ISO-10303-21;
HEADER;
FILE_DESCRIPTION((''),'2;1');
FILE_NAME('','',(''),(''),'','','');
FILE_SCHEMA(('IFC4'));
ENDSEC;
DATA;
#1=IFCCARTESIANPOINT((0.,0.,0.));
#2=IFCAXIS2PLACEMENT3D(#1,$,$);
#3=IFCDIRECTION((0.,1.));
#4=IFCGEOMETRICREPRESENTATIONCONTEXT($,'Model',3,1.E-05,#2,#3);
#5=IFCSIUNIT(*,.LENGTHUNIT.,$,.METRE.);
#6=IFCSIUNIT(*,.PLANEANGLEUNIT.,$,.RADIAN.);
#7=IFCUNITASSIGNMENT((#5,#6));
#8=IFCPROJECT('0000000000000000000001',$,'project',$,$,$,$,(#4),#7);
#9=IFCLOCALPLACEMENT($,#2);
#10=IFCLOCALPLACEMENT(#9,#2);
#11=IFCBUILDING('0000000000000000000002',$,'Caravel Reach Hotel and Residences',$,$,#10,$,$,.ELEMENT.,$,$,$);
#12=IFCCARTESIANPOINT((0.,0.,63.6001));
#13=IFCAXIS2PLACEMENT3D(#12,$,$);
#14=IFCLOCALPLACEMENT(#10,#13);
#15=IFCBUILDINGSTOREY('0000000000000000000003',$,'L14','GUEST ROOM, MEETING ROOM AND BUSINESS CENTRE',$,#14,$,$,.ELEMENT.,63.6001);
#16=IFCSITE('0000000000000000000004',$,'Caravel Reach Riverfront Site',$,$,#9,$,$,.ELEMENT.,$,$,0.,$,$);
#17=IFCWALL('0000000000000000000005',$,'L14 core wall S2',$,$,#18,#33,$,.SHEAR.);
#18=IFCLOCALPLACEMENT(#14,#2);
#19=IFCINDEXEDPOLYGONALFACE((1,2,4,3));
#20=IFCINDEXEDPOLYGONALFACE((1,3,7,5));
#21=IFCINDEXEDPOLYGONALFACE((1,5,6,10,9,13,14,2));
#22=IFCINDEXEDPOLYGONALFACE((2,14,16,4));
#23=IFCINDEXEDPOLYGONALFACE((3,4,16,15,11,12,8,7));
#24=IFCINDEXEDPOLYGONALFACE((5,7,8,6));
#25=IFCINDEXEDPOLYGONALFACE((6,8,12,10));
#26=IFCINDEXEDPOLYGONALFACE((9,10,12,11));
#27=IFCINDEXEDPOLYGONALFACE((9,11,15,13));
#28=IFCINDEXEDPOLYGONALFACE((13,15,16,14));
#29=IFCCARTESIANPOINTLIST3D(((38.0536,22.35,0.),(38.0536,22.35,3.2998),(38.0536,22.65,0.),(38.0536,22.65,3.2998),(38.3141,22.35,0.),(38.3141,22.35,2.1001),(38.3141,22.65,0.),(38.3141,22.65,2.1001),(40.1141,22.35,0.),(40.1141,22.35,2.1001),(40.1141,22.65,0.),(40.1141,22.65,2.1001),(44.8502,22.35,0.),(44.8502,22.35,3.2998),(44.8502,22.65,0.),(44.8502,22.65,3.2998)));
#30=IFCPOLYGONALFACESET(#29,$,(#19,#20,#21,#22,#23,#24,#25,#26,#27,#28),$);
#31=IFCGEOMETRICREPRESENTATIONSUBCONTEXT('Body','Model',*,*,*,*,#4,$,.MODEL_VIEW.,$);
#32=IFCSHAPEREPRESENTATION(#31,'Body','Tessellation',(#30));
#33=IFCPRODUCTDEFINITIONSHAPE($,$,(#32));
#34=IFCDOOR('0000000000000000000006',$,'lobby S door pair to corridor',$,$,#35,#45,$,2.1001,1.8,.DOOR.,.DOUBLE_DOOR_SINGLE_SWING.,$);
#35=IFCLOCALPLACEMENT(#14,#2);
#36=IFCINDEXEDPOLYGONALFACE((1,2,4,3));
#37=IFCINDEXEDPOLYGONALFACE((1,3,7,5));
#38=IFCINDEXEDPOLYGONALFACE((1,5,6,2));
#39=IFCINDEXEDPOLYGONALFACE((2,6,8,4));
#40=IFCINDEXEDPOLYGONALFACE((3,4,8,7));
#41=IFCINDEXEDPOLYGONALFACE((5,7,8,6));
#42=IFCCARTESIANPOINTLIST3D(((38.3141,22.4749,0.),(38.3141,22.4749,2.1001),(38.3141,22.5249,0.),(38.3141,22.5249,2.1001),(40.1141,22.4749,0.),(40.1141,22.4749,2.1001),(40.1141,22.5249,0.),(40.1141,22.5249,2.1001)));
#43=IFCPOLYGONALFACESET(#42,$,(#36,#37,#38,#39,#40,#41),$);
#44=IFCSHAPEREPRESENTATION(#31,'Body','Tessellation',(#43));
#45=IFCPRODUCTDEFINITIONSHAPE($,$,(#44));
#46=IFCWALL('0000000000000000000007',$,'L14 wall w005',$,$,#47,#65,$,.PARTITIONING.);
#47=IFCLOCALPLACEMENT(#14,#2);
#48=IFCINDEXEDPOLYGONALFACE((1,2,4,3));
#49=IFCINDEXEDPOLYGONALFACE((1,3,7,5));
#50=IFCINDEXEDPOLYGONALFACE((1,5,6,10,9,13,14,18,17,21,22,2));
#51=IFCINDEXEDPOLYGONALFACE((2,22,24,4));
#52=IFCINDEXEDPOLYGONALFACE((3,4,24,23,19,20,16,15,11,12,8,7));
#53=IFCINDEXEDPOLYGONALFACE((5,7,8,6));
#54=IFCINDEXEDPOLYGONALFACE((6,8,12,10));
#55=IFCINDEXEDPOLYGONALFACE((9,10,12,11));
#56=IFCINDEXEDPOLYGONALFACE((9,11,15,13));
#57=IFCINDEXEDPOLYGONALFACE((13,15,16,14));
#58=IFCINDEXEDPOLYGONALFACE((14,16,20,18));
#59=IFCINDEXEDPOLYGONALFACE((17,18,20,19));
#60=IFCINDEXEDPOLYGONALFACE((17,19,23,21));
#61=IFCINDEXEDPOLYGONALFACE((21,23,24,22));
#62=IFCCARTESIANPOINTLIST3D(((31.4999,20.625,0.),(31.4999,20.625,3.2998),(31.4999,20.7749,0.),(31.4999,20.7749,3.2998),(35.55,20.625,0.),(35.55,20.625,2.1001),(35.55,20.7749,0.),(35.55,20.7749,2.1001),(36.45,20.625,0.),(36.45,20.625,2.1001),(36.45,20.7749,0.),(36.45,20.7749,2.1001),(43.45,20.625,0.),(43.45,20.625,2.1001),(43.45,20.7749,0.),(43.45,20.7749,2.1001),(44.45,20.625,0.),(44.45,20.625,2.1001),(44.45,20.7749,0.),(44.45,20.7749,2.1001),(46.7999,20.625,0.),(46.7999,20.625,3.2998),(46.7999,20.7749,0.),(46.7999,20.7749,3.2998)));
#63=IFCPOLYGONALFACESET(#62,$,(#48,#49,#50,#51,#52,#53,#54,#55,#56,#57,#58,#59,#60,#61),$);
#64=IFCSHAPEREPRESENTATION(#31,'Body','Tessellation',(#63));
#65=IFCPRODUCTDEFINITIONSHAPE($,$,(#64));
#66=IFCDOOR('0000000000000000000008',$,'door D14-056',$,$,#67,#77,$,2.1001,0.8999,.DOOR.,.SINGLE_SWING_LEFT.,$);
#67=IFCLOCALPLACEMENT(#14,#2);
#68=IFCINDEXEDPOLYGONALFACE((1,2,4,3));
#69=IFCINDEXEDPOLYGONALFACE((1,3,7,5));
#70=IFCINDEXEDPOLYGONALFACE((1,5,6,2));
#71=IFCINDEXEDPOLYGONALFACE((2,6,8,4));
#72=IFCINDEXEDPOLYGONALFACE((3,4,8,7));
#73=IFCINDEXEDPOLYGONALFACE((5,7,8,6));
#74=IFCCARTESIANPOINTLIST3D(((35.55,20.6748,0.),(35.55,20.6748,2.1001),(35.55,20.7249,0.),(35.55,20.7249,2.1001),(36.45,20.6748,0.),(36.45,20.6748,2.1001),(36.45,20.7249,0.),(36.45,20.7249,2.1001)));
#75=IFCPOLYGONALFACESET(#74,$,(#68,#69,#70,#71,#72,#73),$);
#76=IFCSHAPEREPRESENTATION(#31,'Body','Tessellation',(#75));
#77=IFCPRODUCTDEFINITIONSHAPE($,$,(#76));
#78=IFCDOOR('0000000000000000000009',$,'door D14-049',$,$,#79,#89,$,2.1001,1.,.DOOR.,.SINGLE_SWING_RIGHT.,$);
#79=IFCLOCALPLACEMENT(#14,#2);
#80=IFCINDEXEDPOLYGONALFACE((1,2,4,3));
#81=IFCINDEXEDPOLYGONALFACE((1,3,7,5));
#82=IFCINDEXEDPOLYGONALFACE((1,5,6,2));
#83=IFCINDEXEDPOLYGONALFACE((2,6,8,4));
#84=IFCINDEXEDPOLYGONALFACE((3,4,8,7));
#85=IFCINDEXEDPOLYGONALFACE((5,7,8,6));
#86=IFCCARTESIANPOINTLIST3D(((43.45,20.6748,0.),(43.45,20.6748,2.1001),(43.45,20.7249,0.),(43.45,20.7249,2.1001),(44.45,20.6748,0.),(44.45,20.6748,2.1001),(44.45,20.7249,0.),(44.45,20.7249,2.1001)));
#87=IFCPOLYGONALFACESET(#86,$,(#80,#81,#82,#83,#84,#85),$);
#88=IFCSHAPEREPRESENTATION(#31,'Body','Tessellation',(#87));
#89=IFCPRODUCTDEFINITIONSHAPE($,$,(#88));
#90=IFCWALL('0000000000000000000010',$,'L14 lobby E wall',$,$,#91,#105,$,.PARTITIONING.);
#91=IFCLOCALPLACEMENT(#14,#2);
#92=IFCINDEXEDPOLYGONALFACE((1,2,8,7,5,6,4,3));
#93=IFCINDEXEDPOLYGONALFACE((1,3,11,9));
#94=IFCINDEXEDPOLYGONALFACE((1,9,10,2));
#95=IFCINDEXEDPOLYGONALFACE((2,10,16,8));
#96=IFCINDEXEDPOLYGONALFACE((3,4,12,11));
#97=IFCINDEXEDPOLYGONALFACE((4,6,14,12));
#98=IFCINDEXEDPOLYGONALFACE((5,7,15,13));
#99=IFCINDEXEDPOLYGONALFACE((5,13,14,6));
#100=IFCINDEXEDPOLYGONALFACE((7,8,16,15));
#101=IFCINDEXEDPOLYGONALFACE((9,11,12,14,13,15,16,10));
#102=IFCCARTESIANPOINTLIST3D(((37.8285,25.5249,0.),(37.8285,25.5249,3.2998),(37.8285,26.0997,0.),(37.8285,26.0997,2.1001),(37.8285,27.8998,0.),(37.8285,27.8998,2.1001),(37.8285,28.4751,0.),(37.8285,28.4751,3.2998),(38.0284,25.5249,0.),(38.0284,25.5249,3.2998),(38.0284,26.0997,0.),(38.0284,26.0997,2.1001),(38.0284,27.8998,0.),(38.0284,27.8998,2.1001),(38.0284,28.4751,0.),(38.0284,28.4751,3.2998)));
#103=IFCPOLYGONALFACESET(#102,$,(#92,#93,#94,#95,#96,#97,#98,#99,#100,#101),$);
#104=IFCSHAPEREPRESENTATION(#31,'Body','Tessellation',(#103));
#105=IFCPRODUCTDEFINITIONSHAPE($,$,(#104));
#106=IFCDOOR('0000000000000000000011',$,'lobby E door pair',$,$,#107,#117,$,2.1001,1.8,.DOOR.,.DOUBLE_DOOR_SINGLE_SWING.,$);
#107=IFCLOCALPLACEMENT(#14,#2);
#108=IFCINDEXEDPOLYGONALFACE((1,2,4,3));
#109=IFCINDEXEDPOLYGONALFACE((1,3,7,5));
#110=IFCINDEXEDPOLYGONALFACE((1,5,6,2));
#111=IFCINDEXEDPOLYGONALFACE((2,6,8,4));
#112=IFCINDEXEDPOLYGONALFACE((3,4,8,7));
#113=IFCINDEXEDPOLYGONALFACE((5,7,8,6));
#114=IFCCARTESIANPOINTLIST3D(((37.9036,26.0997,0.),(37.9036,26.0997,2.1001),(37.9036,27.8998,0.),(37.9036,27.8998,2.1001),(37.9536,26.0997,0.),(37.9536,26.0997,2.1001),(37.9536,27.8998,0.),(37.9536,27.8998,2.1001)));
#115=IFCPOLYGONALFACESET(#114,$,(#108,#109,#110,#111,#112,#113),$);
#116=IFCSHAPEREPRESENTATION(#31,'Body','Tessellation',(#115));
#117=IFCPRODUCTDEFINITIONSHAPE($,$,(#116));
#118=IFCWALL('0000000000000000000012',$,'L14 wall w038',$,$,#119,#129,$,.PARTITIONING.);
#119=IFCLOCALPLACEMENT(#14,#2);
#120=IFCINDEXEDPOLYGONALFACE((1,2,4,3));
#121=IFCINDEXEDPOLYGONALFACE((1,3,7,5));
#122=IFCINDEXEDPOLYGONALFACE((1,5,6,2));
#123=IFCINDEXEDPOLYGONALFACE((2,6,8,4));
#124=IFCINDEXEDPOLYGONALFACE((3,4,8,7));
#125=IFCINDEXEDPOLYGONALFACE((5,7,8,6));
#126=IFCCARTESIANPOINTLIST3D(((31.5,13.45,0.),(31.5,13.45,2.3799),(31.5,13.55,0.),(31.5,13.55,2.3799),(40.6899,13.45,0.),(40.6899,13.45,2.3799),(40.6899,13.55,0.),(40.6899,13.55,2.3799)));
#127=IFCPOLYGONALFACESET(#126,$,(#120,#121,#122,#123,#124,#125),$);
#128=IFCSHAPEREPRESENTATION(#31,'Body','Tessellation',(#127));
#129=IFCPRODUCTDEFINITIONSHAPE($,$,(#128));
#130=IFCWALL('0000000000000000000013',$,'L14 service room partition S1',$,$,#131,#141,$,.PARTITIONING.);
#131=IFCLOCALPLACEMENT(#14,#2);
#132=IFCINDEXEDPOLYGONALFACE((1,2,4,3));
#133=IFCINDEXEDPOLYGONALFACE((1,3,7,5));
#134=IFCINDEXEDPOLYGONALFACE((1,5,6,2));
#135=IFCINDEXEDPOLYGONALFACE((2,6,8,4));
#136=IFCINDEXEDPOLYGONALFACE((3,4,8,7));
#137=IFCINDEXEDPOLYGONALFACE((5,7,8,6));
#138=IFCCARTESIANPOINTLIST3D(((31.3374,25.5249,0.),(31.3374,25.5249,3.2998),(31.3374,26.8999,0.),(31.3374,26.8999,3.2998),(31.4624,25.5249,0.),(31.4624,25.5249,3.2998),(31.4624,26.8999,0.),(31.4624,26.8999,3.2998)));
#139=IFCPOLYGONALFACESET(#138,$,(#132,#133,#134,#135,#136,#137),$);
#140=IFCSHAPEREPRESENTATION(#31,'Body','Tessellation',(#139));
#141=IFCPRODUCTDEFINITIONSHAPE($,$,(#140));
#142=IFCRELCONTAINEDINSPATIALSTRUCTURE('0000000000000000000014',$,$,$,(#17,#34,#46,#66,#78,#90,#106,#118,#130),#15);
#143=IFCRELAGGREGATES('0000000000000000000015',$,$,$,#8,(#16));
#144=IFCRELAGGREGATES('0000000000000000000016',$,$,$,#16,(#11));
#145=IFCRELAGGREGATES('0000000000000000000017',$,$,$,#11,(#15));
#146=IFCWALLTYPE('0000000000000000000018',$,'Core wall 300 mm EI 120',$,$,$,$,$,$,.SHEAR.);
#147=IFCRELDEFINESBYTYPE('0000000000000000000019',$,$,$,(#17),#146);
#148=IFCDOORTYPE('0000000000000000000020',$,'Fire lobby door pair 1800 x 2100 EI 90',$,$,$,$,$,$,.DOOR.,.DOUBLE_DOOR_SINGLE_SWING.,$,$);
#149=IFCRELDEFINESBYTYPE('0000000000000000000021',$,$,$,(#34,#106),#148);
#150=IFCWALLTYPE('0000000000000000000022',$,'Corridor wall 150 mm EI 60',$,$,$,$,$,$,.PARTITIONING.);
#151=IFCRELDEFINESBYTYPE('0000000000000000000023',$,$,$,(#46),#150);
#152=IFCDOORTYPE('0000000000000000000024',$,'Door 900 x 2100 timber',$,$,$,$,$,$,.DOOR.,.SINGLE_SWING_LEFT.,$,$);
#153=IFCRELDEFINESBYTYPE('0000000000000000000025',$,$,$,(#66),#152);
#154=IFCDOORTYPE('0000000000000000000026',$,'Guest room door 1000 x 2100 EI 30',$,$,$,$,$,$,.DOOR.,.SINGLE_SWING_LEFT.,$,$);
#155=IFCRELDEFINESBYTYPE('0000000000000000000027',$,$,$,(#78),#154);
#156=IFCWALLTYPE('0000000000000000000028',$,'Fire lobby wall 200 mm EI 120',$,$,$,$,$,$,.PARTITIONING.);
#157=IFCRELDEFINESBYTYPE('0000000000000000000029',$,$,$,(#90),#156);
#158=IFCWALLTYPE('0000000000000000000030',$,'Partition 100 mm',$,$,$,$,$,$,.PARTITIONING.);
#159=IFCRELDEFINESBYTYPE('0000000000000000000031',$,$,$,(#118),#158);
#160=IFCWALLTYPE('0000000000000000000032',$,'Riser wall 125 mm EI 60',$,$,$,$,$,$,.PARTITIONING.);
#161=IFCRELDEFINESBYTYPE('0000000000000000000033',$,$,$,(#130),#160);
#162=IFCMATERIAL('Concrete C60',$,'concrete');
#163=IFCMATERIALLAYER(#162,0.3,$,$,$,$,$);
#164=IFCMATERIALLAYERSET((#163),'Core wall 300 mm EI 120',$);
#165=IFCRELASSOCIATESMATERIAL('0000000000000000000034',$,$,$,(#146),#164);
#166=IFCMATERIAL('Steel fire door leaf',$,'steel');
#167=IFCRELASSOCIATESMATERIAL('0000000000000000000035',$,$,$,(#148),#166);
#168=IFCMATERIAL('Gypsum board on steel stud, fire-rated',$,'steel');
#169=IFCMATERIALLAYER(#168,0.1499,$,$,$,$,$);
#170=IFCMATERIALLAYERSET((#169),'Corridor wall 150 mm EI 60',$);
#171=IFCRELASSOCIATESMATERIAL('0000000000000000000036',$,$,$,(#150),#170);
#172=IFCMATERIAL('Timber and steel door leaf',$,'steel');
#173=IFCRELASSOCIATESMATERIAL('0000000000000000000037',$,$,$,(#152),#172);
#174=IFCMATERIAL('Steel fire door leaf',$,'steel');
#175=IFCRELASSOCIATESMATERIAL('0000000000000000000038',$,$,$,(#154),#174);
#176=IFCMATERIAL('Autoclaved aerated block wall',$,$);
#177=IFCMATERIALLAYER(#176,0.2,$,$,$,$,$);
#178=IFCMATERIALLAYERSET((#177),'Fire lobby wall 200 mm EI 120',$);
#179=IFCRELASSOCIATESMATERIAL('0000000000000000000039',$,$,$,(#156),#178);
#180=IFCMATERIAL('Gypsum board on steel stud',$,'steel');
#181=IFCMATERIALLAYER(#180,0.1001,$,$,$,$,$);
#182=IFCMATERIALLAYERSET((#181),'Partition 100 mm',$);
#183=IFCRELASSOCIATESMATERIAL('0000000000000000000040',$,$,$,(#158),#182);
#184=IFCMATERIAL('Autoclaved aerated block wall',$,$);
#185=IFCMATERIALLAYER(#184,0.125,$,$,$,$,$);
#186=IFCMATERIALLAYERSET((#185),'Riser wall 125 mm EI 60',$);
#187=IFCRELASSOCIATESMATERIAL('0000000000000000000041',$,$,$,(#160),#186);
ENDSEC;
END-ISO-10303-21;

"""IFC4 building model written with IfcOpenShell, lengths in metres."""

from ifc_helpers import new_model, si_unit, direction, frame, frame_2d, origin, place, context, subcontext, project, spatial, rectangle, extrude, material, layer, layer_set, type_object, element, fill, save


model = new_model("IFC4")

# Units and contexts
model_context = context("Model", 3, precision=1e-05, world=origin(), true_north=direction((0.0, 1.0)))
body_context = subcontext(model_context, "Body", "Model", "MODEL_VIEW")
ifc_project = project(units=[si_unit("LENGTHUNIT", "METRE"), si_unit("PLANEANGLEUNIT", "RADIAN")], contexts=[model_context])

# Site, building, storey
site_placement = place(None, origin())
site = spatial("IfcSite", under=ifc_project, at=site_placement, Name="Caravel Reach Riverfront Site", CompositionType="ELEMENT", RefElevation=0.0)
building_placement = place(site_placement, origin())
building = spatial("IfcBuilding", under=site, at=building_placement, Name="Caravel Reach Hotel and Residences", CompositionType="ELEMENT")
storey_placement = place(building_placement, frame((0.0, 0.0, 63.6001)))
storey = spatial("IfcBuildingStorey", under=building, at=storey_placement, Name="L14", Description="GUEST ROOM, MEETING ROOM AND BUSINESS CENTRE", CompositionType="ELEMENT", Elevation=63.6001)

# Wall, opening, door
ifc_material_1 = material(Name="Concrete C60", Category="concrete")
ifc_layer_1 = layer(ifc_material_1, 0.3)
ifc_layer_set_1 = layer_set([ifc_layer_1], Name="Core wall 300 mm EI 120")
wall_type_1 = type_object("IfcWallType", Name="Core wall 300 mm EI 120", PredefinedType="SHEAR", material=ifc_layer_set_1)
wall_1_placement = place(storey_placement, frame((38.0535, 22.5, 0.0), z_axis=(0.0, 0.0, 1.0), x_axis=(1.0, 0.0, 0.0)))
wall_1 = element("IfcWall", 1, at=wall_1_placement, inside=storey, type_object=wall_type_1, Name="L14 core wall S2", PredefinedType="SHEAR", context=body_context, shape_type="SweptSolid", body=[
    extrude(rectangle(XDim=6.7966, YDim=0.3, at=frame_2d((3.3984, 0.0))), origin(), (0.0, 0.0, 1.0), 3.2998),
])
opening_1_placement = place(wall_1_placement, frame((0.2607, 0.0, 0.0)))
opening_1 = element("IfcOpeningElement", 2, at=opening_1_placement, cuts=wall_1, PredefinedType="OPENING", context=body_context, shape_type="SweptSolid", body=[
    extrude(rectangle(XDim=1.8, YDim=2.1001, at=frame_2d((0.8999, 1.05))), frame((0.0, 0.1599, 0.0), z_axis=(0.0, -1.0, 0.0), x_axis=(1.0, 0.0, 0.0)), (0.0, 0.0, 1.0), 0.3201),
])
ifc_material_2 = material(Name="Steel fire door leaf", Category="steel")
door_type_1 = type_object("IfcDoorType", Name="Fire lobby door pair 1800 x 2100 EI 90", OperationType="DOUBLE_DOOR_SINGLE_SWING", PredefinedType="DOOR", material=ifc_material_2)
door_1_placement = place(opening_1_placement, origin())
door_1 = element("IfcDoor", 3, at=door_1_placement, inside=storey, type_object=door_type_1, Name="lobby S door pair to corridor", OperationType="DOUBLE_DOOR_SINGLE_SWING", OverallHeight=2.1001, OverallWidth=1.8, PredefinedType="DOOR", context=body_context, shape_type="SweptSolid", body=[
    extrude(rectangle(XDim=1.8, YDim=2.1001, at=frame_2d((0.8999, 1.05))), frame((0.0, 0.0249, 0.0), z_axis=(0.0, -1.0, 0.0), x_axis=(1.0, 0.0, 0.0)), (0.0, 0.0, 1.0), 0.05),
])
fill(opening_1, door_1)

# Wall, openings, doors
ifc_material_3 = material(Name="Gypsum board on steel stud, fire-rated", Category="steel")
ifc_layer_2 = layer(ifc_material_3, 0.1499)
ifc_layer_set_2 = layer_set([ifc_layer_2], Name="Corridor wall 150 mm EI 60")
wall_type_2 = type_object("IfcWallType", Name="Corridor wall 150 mm EI 60", PredefinedType="PARTITIONING", material=ifc_layer_set_2)
wall_2_placement = place(storey_placement, frame((31.5, 20.7, 0.0), z_axis=(0.0, 0.0, 1.0), x_axis=(1.0, 0.0, 0.0)))
wall_2 = element("IfcWall", 4, at=wall_2_placement, inside=storey, type_object=wall_type_2, Name="L14 wall w005", PredefinedType="PARTITIONING", context=body_context, shape_type="SweptSolid", body=[
    extrude(rectangle(XDim=15.3, YDim=0.1499, at=frame_2d((7.6499, 0.0))), origin(), (0.0, 0.0, 1.0), 3.2998),
])
opening_2_placement = place(wall_2_placement, frame((11.95, 0.0, 0.0)))
opening_2 = element("IfcOpeningElement", 5, at=opening_2_placement, cuts=wall_2, PredefinedType="OPENING", context=body_context, shape_type="SweptSolid", body=[
    extrude(rectangle(XDim=1.0, YDim=2.1001, at=frame_2d((0.5, 1.05))), frame((0.0, 0.085, 0.0), z_axis=(0.0, -1.0, 0.0), x_axis=(1.0, 0.0, 0.0)), (0.0, 0.0, 1.0), 0.1699),
])
opening_3_placement = place(wall_2_placement, frame((4.05, 0.0, 0.0)))
opening_3 = element("IfcOpeningElement", 6, at=opening_3_placement, cuts=wall_2, PredefinedType="OPENING", context=body_context, shape_type="SweptSolid", body=[
    extrude(rectangle(XDim=0.8999, YDim=2.1001, at=frame_2d((0.45, 1.05))), frame((0.0, 0.085, 0.0), z_axis=(0.0, -1.0, 0.0), x_axis=(1.0, 0.0, 0.0)), (0.0, 0.0, 1.0), 0.1699),
])
ifc_material_4 = material(Name="Timber and steel door leaf", Category="steel")
door_type_2 = type_object("IfcDoorType", Name="Door 900 x 2100 timber", OperationType="SINGLE_SWING_LEFT", PredefinedType="DOOR", material=ifc_material_4)
door_2_placement = place(opening_3_placement, origin())
door_2 = element("IfcDoor", 7, at=door_2_placement, inside=storey, type_object=door_type_2, Name="door D14-056", OperationType="SINGLE_SWING_LEFT", OverallHeight=2.1001, OverallWidth=0.8999, PredefinedType="DOOR", context=body_context, shape_type="SweptSolid", body=[
    extrude(rectangle(XDim=0.8999, YDim=2.1001, at=frame_2d((0.45, 1.05))), frame((0.0, 0.0249, 0.0), z_axis=(0.0, -1.0, 0.0), x_axis=(1.0, 0.0, 0.0)), (0.0, 0.0, 1.0), 0.05),
])
fill(opening_3, door_2)
ifc_material_5 = material(Name="Steel fire door leaf", Category="steel")
door_type_3 = type_object("IfcDoorType", Name="Guest room door 1000 x 2100 EI 30", OperationType="SINGLE_SWING_LEFT", PredefinedType="DOOR", material=ifc_material_5)
door_3_placement = place(opening_2_placement, origin())
door_3 = element("IfcDoor", 8, at=door_3_placement, inside=storey, type_object=door_type_3, Name="door D14-049", OperationType="SINGLE_SWING_RIGHT", OverallHeight=2.1001, OverallWidth=1.0, PredefinedType="DOOR", context=body_context, shape_type="SweptSolid", body=[
    extrude(rectangle(XDim=1.0, YDim=2.1001, at=frame_2d((0.5, 1.05))), frame((0.0, 0.0249, 0.0), z_axis=(0.0, -1.0, 0.0), x_axis=(1.0, 0.0, 0.0)), (0.0, 0.0, 1.0), 0.05),
])
fill(opening_2, door_3)

# Wall, opening, door
ifc_material_6 = material(Name="Autoclaved aerated block wall")
ifc_layer_3 = layer(ifc_material_6, 0.2)
ifc_layer_set_3 = layer_set([ifc_layer_3], Name="Fire lobby wall 200 mm EI 120")
wall_type_3 = type_object("IfcWallType", Name="Fire lobby wall 200 mm EI 120", PredefinedType="PARTITIONING", material=ifc_layer_set_3)
wall_3_placement = place(storey_placement, frame((37.9285, 25.5249, 0.0), z_axis=(0.0, 0.0, 1.0), x_axis=(0.0, 1.0, 0.0)))
wall_3 = element("IfcWall", 9, at=wall_3_placement, inside=storey, type_object=wall_type_3, Name="L14 lobby E wall", PredefinedType="PARTITIONING", context=body_context, shape_type="SweptSolid", body=[
    extrude(rectangle(XDim=2.9502, YDim=0.2, at=frame_2d((1.4751, 0.0))), origin(), (0.0, 0.0, 1.0), 3.2998),
])
opening_4_placement = place(wall_3_placement, frame((0.575, 0.0, 0.0)))
opening_4 = element("IfcOpeningElement", 10, at=opening_4_placement, cuts=wall_3, PredefinedType="OPENING", context=body_context, shape_type="SweptSolid", body=[
    extrude(rectangle(XDim=1.8, YDim=2.1001, at=frame_2d((0.8999, 1.05))), frame((0.0, 0.1099, 0.0), z_axis=(0.0, -1.0, 0.0), x_axis=(1.0, 0.0, 0.0)), (0.0, 0.0, 1.0), 0.22),
])
door_4_placement = place(opening_4_placement, origin())
door_4 = element("IfcDoor", 11, at=door_4_placement, inside=storey, type_object=door_type_1, Name="lobby E door pair", OperationType="DOUBLE_DOOR_SINGLE_SWING", OverallHeight=2.1001, OverallWidth=1.8, PredefinedType="DOOR", context=body_context, shape_type="SweptSolid", body=[
    extrude(rectangle(XDim=1.8, YDim=2.1001, at=frame_2d((0.8999, 1.05))), frame((0.0, 0.0249, 0.0), z_axis=(0.0, -1.0, 0.0), x_axis=(1.0, 0.0, 0.0)), (0.0, 0.0, 1.0), 0.05),
])
fill(opening_4, door_4)

# Walls
ifc_material_7 = material(Name="Gypsum board on steel stud", Category="steel")
ifc_layer_4 = layer(ifc_material_7, 0.1001)
ifc_layer_set_4 = layer_set([ifc_layer_4], Name="Partition 100 mm")
wall_type_4 = type_object("IfcWallType", Name="Partition 100 mm", PredefinedType="PARTITIONING", material=ifc_layer_set_4)
wall_4_placement = place(storey_placement, frame((31.5, 13.5, 0.0), z_axis=(0.0, 0.0, 1.0), x_axis=(1.0, 0.0, 0.0)))
element("IfcWall", 12, at=wall_4_placement, inside=storey, type_object=wall_type_4, Name="L14 wall w038", PredefinedType="PARTITIONING", context=body_context, shape_type="SweptSolid", body=[
    extrude(rectangle(XDim=9.1899, YDim=0.1001, at=frame_2d((4.595, 0.0))), origin(), (0.0, 0.0, 1.0), 2.3799),
])
ifc_material_8 = material(Name="Autoclaved aerated block wall")
ifc_layer_5 = layer(ifc_material_8, 0.125)
ifc_layer_set_5 = layer_set([ifc_layer_5], Name="Riser wall 125 mm EI 60")
wall_type_5 = type_object("IfcWallType", Name="Riser wall 125 mm EI 60", PredefinedType="PARTITIONING", material=ifc_layer_set_5)
wall_5_placement = place(storey_placement, frame((31.3999, 25.5249, 0.0), z_axis=(0.0, 0.0, 1.0), x_axis=(0.0, 1.0, 0.0)))
element("IfcWall", 13, at=wall_5_placement, inside=storey, type_object=wall_type_5, Name="L14 service room partition S1", PredefinedType="PARTITIONING", context=body_context, shape_type="SweptSolid", body=[
    extrude(rectangle(XDim=1.375, YDim=0.125, at=frame_2d((0.6875, 0.0))), origin(), (0.0, 0.0, 1.0), 3.2998),
])

save(model, "model.ifc")
